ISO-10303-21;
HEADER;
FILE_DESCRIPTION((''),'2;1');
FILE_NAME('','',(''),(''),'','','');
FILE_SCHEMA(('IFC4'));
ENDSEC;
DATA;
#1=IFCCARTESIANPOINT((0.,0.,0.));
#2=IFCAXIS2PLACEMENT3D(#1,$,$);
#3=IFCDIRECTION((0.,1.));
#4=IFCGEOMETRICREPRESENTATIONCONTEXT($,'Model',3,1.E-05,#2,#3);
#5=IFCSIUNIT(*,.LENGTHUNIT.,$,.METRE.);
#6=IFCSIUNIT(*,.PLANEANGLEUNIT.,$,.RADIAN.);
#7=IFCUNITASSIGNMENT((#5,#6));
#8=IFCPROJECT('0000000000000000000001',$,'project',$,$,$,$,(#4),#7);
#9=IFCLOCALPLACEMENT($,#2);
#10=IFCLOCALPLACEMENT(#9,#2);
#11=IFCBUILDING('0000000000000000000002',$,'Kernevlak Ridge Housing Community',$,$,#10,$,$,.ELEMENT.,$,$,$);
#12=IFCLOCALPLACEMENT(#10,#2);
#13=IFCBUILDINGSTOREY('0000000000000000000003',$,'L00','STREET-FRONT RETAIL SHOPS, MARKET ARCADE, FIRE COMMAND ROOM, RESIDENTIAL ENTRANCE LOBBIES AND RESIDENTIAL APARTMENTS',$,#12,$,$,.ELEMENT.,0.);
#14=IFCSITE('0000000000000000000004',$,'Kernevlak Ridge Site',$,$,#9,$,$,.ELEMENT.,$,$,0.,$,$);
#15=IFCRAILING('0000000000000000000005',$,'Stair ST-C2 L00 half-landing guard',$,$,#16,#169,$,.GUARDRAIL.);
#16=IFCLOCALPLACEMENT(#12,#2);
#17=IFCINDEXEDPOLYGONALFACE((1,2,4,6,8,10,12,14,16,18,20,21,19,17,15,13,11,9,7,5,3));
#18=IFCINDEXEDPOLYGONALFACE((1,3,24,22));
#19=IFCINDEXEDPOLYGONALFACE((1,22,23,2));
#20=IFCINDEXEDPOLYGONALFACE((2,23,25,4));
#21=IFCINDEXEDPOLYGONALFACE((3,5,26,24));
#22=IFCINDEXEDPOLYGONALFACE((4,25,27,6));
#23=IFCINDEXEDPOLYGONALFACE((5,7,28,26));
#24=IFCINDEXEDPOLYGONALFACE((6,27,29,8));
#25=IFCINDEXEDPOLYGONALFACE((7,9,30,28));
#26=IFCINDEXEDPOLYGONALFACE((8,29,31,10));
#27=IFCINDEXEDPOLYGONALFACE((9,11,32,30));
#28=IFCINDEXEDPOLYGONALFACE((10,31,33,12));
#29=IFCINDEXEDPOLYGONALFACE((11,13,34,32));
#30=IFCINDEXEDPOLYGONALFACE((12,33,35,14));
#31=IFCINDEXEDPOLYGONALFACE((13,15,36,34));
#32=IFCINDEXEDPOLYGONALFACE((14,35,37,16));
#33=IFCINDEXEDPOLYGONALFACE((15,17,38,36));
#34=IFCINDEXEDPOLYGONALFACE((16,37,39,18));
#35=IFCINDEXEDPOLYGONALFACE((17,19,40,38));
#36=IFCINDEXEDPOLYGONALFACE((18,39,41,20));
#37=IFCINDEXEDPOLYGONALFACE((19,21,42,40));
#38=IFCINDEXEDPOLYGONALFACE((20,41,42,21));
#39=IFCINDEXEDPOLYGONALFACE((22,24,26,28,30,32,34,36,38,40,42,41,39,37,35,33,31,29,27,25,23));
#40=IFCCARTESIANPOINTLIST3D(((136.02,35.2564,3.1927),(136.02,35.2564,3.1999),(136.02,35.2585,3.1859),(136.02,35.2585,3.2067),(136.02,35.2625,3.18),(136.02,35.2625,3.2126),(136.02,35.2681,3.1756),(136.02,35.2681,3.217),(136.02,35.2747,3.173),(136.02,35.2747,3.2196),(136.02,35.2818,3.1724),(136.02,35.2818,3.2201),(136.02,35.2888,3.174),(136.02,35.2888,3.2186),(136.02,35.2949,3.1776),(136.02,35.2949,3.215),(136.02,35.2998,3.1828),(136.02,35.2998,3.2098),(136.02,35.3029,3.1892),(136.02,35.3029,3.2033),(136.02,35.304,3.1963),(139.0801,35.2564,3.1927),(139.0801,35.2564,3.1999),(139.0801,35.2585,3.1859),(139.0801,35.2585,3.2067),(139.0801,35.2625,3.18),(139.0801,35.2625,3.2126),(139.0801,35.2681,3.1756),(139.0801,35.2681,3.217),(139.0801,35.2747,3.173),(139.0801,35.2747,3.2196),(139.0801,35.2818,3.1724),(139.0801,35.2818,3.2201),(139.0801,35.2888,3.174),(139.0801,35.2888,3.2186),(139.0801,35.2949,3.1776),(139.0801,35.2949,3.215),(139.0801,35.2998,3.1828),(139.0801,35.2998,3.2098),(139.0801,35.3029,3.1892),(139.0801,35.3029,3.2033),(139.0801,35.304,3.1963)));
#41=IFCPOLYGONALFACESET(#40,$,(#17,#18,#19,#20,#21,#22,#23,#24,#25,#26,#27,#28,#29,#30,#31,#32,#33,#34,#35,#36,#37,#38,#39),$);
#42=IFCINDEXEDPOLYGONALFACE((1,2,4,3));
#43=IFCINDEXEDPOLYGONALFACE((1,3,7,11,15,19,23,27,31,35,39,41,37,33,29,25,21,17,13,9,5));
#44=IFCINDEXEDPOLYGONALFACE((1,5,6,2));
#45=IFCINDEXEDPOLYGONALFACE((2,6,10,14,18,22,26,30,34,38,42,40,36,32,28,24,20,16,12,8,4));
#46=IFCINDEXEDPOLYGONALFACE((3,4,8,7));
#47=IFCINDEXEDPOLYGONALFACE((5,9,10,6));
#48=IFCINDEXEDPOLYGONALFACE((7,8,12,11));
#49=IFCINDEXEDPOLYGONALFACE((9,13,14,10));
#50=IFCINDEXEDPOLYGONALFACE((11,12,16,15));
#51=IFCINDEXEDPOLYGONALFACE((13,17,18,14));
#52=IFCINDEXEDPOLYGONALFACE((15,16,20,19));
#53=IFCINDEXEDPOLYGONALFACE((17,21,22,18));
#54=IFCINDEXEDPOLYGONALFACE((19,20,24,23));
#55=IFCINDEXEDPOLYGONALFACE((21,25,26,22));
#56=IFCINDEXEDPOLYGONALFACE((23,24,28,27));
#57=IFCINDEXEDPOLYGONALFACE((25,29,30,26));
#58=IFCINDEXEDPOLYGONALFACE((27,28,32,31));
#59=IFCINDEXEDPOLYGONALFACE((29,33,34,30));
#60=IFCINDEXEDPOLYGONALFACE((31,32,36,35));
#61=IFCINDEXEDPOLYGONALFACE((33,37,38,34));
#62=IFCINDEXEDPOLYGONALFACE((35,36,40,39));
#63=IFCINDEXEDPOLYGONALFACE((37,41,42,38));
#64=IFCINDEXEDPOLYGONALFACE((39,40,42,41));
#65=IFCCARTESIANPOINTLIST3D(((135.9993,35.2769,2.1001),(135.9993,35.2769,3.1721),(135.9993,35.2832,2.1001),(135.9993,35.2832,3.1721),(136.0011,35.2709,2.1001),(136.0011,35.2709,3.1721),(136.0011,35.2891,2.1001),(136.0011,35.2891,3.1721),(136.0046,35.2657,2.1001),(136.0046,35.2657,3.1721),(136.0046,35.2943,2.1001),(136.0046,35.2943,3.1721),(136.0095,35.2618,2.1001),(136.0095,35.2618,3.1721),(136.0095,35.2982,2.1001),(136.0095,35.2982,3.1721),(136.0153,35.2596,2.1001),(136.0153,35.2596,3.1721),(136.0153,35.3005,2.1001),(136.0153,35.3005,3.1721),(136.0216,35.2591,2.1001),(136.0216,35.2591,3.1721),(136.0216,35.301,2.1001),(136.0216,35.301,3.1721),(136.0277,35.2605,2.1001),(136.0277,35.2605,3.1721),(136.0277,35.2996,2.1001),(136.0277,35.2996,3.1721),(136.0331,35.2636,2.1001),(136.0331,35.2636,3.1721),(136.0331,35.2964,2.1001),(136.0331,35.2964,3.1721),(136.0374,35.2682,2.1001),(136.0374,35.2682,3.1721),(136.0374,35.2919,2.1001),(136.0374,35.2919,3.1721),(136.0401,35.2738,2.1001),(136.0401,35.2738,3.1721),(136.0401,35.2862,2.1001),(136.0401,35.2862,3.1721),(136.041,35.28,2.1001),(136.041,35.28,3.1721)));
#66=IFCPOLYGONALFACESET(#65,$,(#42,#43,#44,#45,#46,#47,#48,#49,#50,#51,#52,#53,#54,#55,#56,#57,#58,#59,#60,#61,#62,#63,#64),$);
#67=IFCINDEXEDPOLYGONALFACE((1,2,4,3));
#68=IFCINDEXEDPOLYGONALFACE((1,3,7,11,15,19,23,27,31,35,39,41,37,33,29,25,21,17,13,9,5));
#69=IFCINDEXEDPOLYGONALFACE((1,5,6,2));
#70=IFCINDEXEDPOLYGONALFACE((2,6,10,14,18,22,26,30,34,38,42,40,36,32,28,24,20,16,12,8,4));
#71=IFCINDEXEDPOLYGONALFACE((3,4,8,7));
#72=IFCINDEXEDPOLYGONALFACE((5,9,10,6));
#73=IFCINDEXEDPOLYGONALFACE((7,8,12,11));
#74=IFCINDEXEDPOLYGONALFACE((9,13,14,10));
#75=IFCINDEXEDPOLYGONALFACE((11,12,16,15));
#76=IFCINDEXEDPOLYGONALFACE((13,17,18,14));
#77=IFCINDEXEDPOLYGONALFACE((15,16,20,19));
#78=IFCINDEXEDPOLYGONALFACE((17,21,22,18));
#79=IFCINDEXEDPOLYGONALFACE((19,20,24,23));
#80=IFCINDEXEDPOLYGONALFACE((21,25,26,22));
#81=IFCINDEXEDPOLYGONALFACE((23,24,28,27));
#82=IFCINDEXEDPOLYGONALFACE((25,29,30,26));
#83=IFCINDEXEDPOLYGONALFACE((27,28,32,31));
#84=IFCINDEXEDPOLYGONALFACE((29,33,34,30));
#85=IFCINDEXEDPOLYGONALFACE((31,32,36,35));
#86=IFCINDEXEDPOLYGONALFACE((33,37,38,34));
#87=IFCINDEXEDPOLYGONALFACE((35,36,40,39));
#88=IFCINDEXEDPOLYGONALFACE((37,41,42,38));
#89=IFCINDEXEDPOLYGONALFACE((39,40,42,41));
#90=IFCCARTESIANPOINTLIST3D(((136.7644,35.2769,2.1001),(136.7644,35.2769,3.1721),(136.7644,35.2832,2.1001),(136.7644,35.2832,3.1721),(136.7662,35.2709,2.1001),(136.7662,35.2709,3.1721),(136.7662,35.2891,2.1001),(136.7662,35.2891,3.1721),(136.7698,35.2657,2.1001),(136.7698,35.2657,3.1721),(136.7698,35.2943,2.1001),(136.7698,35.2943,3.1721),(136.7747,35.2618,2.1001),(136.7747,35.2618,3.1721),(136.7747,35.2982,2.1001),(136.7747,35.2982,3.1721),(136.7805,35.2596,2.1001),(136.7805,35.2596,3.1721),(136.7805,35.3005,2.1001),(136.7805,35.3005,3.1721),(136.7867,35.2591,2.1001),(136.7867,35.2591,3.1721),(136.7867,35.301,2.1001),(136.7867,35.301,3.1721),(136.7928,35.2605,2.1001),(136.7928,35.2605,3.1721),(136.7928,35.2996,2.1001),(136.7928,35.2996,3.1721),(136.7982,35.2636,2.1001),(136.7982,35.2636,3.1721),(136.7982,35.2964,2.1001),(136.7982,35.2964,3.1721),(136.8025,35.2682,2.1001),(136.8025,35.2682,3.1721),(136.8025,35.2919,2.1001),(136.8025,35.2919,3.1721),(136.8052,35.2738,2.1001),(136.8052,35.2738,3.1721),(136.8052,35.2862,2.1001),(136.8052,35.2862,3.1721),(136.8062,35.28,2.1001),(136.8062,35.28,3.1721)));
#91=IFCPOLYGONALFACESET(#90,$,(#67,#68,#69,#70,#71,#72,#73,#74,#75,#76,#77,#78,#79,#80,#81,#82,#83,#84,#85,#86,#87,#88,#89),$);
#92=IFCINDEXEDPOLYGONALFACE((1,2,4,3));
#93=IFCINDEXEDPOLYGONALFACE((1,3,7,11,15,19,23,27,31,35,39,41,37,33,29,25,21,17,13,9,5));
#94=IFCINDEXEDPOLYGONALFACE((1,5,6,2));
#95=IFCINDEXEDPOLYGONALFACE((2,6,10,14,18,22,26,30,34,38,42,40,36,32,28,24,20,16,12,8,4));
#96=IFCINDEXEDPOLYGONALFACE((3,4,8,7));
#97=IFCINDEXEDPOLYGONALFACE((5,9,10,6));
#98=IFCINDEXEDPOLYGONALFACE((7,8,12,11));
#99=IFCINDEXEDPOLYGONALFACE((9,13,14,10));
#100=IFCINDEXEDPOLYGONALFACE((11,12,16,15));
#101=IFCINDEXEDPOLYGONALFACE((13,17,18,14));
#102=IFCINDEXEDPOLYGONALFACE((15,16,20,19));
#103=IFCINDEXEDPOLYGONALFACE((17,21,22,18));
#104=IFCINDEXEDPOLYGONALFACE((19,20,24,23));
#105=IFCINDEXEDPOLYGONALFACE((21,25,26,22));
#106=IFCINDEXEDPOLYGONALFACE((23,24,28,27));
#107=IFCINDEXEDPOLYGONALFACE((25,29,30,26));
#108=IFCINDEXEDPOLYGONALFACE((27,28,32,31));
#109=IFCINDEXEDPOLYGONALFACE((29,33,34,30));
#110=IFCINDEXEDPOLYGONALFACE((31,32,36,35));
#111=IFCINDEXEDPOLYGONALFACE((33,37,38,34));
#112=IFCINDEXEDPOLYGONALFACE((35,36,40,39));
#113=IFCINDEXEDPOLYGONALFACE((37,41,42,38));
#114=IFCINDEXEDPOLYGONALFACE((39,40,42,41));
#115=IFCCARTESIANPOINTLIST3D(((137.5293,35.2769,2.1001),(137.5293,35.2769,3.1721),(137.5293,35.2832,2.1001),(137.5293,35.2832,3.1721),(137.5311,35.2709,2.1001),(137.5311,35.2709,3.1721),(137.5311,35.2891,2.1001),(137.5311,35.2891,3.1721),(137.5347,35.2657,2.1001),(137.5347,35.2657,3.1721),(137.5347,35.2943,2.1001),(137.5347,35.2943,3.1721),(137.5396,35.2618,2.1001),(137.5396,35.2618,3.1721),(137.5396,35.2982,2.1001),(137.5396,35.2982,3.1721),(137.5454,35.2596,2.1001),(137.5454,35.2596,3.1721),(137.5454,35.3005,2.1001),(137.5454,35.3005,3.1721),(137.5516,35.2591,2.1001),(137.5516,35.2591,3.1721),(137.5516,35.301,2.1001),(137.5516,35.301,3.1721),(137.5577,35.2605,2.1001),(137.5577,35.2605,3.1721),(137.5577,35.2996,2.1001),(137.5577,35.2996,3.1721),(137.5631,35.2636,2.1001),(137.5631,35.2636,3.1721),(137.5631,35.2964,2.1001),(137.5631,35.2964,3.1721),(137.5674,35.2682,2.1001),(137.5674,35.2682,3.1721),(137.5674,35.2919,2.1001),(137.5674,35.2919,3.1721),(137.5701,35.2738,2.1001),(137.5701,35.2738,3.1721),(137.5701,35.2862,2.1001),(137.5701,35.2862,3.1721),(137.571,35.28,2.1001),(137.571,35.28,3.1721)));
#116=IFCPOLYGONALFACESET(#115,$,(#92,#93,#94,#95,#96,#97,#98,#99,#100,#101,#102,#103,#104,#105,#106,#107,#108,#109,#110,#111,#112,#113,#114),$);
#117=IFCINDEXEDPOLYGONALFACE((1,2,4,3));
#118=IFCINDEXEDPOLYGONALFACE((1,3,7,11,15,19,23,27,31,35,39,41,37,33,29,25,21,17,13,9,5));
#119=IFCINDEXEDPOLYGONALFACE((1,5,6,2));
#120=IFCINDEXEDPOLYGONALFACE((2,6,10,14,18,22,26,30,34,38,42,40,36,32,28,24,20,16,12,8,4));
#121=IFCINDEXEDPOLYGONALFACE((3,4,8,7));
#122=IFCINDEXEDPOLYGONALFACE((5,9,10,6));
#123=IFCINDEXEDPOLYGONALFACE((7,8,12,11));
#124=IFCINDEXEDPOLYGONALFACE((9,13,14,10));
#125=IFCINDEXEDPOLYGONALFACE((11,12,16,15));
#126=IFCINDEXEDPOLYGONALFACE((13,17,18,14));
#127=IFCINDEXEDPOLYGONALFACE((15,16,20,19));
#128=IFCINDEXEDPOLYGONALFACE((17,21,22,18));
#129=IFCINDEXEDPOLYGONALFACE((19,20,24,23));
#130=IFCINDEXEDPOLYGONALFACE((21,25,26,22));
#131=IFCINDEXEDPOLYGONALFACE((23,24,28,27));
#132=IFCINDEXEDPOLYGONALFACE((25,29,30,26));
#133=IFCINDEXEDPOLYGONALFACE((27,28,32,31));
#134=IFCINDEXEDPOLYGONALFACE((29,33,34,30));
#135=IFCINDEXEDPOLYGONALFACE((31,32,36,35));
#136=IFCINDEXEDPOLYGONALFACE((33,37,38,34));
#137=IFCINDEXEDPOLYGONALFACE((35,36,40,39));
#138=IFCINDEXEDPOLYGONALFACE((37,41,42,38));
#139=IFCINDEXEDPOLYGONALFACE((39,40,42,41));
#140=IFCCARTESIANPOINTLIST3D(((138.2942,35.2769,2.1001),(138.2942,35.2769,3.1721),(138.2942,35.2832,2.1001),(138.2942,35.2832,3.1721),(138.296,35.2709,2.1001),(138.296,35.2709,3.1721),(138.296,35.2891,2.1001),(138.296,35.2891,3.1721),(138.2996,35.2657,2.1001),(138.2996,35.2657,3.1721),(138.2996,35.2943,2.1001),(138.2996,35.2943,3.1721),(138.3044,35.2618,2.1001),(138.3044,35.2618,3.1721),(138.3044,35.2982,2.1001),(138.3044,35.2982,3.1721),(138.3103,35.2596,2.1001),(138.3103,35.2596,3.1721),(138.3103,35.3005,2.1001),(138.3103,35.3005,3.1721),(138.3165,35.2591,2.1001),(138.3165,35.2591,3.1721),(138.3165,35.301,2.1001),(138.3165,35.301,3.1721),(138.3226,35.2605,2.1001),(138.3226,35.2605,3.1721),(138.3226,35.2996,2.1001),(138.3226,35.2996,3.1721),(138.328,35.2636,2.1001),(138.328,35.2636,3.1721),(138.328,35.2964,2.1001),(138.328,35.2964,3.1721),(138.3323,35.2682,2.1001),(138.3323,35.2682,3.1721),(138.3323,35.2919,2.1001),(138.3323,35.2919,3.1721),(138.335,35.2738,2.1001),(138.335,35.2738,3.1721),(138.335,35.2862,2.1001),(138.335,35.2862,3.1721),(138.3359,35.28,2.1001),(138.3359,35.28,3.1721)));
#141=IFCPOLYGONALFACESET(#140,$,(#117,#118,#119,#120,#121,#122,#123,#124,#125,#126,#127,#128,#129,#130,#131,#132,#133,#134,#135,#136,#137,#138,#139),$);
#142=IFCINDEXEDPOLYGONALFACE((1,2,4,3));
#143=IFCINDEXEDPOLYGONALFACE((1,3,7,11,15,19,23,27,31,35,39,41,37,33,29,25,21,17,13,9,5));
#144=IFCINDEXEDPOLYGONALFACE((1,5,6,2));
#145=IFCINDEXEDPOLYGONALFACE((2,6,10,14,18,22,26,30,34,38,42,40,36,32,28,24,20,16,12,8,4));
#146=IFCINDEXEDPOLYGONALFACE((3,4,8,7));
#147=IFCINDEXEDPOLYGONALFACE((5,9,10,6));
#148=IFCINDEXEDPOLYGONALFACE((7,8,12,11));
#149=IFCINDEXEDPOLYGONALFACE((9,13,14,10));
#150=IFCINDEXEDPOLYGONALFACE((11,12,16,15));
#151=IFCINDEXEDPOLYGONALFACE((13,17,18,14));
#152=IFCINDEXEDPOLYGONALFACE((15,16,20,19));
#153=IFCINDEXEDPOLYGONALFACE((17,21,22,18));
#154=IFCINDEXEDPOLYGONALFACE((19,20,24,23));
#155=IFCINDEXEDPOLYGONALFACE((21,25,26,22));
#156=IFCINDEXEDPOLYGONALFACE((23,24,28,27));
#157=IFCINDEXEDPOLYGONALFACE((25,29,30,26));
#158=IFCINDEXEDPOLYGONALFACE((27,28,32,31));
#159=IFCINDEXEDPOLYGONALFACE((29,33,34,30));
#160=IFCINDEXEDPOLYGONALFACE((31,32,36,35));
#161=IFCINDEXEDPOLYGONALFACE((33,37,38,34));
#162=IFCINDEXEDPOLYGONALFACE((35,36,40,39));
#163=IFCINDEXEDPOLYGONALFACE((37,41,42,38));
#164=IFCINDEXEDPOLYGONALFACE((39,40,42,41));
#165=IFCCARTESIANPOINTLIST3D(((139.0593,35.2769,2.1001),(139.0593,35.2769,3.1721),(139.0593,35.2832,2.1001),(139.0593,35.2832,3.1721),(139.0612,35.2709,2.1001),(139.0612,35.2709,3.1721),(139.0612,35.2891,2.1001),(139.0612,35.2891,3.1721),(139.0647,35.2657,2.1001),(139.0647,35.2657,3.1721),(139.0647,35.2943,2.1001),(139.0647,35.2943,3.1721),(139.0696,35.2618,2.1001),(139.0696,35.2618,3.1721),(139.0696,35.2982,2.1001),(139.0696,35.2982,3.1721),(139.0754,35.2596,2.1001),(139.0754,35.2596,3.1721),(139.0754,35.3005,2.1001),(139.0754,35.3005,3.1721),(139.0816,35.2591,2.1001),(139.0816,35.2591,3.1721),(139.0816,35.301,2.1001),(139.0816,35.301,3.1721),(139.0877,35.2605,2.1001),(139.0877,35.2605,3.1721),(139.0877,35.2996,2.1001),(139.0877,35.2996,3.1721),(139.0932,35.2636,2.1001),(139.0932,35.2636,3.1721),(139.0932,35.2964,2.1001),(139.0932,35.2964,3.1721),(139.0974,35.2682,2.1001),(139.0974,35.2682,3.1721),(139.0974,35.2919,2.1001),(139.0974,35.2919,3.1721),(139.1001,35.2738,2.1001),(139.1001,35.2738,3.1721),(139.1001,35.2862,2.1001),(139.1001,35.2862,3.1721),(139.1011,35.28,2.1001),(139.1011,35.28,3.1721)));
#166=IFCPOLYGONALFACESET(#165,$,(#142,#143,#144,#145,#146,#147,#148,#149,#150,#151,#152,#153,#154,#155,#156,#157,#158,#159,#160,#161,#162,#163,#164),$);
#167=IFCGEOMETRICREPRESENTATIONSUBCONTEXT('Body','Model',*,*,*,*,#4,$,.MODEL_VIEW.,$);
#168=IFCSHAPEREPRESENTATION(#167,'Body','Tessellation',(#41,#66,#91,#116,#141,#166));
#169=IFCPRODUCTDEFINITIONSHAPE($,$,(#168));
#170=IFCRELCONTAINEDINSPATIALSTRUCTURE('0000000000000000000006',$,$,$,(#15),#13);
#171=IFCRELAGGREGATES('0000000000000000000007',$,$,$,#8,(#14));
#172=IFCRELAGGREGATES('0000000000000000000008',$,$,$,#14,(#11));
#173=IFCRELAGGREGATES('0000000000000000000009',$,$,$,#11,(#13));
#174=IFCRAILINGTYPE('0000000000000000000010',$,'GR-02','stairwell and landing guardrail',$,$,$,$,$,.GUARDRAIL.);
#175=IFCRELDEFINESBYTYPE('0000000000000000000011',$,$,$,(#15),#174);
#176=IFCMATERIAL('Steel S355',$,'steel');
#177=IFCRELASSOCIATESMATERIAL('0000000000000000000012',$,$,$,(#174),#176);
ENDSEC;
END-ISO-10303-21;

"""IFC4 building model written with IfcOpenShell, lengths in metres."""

from ifc_helpers import new_model, si_unit, direction, frame, origin, origin_2d, place, context, subcontext, project, spatial, circle, extrude, material, type_object, element, save


model = new_model("IFC4")

# Units and contexts
model_context = context("Model", 3, precision=1e-05, world=origin(), true_north=direction((0.0, 1.0)))
body_context = subcontext(model_context, "Body", "Model", "MODEL_VIEW")
ifc_project = project(units=[si_unit("LENGTHUNIT", "METRE"), si_unit("PLANEANGLEUNIT", "RADIAN")], contexts=[model_context])

# Site, building, storey
site_placement = place(None, origin())
site = spatial("IfcSite", under=ifc_project, at=site_placement, Name="Kernevlak Ridge Site", CompositionType="ELEMENT", RefElevation=0.0)
building_placement = place(site_placement, origin())
building = spatial("IfcBuilding", under=site, at=building_placement, Name="Kernevlak Ridge Housing Community", CompositionType="ELEMENT")
storey_placement = place(building_placement, origin())
storey = spatial("IfcBuildingStorey", under=building, at=storey_placement, Name="L00", Description="STREET-FRONT RETAIL SHOPS, MARKET ARCADE, FIRE COMMAND ROOM, RESIDENTIAL ENTRANCE LOBBIES AND RESIDENTIAL APARTMENTS", CompositionType="ELEMENT", Elevation=0.0)

# Railing
ifc_material_1 = material(Name="Steel S355", Category="steel")
railing_type_1 = type_object("IfcRailingType", Name="GR-02", Description="stairwell and landing guardrail", PredefinedType="GUARDRAIL", material=ifc_material_1)
railing_1_placement = place(storey_placement, frame((136.02, 35.28, 2.1001)))
element("IfcRailing", 1, at=railing_1_placement, inside=storey, type_object=railing_type_1, Name="Stair ST-C2 L00 half-landing guard", PredefinedType="GUARDRAIL", context=body_context, shape_type="SweptSolid", body=[
    extrude(circle(Radius=0.0239, at=origin_2d()), frame((0.0, 0.0, 1.0962), z_axis=(1.0, 0.0, 0.0), x_axis=(0.0, 1.0, 0.0)), (0.0, 0.0, 1.0), 3.0601),
    extrude(circle(Radius=0.021, at=origin_2d()), origin(), (0.0, 0.0, 1.0), 1.072),
    extrude(circle(Radius=0.021, at=origin_2d()), frame((0.7651, 0.0, 0.0)), (0.0, 0.0, 1.0), 1.072),
    extrude(circle(Radius=0.021, at=origin_2d()), frame((1.53, 0.0, 0.0)), (0.0, 0.0, 1.0), 1.072),
    extrude(circle(Radius=0.021, at=origin_2d()), frame((2.2949, 0.0, 0.0)), (0.0, 0.0, 1.0), 1.072),
    extrude(circle(Radius=0.021, at=origin_2d()), frame((3.0601, 0.0, 0.0)), (0.0, 0.0, 1.0), 1.072),
])

save(model, "model.ifc")
